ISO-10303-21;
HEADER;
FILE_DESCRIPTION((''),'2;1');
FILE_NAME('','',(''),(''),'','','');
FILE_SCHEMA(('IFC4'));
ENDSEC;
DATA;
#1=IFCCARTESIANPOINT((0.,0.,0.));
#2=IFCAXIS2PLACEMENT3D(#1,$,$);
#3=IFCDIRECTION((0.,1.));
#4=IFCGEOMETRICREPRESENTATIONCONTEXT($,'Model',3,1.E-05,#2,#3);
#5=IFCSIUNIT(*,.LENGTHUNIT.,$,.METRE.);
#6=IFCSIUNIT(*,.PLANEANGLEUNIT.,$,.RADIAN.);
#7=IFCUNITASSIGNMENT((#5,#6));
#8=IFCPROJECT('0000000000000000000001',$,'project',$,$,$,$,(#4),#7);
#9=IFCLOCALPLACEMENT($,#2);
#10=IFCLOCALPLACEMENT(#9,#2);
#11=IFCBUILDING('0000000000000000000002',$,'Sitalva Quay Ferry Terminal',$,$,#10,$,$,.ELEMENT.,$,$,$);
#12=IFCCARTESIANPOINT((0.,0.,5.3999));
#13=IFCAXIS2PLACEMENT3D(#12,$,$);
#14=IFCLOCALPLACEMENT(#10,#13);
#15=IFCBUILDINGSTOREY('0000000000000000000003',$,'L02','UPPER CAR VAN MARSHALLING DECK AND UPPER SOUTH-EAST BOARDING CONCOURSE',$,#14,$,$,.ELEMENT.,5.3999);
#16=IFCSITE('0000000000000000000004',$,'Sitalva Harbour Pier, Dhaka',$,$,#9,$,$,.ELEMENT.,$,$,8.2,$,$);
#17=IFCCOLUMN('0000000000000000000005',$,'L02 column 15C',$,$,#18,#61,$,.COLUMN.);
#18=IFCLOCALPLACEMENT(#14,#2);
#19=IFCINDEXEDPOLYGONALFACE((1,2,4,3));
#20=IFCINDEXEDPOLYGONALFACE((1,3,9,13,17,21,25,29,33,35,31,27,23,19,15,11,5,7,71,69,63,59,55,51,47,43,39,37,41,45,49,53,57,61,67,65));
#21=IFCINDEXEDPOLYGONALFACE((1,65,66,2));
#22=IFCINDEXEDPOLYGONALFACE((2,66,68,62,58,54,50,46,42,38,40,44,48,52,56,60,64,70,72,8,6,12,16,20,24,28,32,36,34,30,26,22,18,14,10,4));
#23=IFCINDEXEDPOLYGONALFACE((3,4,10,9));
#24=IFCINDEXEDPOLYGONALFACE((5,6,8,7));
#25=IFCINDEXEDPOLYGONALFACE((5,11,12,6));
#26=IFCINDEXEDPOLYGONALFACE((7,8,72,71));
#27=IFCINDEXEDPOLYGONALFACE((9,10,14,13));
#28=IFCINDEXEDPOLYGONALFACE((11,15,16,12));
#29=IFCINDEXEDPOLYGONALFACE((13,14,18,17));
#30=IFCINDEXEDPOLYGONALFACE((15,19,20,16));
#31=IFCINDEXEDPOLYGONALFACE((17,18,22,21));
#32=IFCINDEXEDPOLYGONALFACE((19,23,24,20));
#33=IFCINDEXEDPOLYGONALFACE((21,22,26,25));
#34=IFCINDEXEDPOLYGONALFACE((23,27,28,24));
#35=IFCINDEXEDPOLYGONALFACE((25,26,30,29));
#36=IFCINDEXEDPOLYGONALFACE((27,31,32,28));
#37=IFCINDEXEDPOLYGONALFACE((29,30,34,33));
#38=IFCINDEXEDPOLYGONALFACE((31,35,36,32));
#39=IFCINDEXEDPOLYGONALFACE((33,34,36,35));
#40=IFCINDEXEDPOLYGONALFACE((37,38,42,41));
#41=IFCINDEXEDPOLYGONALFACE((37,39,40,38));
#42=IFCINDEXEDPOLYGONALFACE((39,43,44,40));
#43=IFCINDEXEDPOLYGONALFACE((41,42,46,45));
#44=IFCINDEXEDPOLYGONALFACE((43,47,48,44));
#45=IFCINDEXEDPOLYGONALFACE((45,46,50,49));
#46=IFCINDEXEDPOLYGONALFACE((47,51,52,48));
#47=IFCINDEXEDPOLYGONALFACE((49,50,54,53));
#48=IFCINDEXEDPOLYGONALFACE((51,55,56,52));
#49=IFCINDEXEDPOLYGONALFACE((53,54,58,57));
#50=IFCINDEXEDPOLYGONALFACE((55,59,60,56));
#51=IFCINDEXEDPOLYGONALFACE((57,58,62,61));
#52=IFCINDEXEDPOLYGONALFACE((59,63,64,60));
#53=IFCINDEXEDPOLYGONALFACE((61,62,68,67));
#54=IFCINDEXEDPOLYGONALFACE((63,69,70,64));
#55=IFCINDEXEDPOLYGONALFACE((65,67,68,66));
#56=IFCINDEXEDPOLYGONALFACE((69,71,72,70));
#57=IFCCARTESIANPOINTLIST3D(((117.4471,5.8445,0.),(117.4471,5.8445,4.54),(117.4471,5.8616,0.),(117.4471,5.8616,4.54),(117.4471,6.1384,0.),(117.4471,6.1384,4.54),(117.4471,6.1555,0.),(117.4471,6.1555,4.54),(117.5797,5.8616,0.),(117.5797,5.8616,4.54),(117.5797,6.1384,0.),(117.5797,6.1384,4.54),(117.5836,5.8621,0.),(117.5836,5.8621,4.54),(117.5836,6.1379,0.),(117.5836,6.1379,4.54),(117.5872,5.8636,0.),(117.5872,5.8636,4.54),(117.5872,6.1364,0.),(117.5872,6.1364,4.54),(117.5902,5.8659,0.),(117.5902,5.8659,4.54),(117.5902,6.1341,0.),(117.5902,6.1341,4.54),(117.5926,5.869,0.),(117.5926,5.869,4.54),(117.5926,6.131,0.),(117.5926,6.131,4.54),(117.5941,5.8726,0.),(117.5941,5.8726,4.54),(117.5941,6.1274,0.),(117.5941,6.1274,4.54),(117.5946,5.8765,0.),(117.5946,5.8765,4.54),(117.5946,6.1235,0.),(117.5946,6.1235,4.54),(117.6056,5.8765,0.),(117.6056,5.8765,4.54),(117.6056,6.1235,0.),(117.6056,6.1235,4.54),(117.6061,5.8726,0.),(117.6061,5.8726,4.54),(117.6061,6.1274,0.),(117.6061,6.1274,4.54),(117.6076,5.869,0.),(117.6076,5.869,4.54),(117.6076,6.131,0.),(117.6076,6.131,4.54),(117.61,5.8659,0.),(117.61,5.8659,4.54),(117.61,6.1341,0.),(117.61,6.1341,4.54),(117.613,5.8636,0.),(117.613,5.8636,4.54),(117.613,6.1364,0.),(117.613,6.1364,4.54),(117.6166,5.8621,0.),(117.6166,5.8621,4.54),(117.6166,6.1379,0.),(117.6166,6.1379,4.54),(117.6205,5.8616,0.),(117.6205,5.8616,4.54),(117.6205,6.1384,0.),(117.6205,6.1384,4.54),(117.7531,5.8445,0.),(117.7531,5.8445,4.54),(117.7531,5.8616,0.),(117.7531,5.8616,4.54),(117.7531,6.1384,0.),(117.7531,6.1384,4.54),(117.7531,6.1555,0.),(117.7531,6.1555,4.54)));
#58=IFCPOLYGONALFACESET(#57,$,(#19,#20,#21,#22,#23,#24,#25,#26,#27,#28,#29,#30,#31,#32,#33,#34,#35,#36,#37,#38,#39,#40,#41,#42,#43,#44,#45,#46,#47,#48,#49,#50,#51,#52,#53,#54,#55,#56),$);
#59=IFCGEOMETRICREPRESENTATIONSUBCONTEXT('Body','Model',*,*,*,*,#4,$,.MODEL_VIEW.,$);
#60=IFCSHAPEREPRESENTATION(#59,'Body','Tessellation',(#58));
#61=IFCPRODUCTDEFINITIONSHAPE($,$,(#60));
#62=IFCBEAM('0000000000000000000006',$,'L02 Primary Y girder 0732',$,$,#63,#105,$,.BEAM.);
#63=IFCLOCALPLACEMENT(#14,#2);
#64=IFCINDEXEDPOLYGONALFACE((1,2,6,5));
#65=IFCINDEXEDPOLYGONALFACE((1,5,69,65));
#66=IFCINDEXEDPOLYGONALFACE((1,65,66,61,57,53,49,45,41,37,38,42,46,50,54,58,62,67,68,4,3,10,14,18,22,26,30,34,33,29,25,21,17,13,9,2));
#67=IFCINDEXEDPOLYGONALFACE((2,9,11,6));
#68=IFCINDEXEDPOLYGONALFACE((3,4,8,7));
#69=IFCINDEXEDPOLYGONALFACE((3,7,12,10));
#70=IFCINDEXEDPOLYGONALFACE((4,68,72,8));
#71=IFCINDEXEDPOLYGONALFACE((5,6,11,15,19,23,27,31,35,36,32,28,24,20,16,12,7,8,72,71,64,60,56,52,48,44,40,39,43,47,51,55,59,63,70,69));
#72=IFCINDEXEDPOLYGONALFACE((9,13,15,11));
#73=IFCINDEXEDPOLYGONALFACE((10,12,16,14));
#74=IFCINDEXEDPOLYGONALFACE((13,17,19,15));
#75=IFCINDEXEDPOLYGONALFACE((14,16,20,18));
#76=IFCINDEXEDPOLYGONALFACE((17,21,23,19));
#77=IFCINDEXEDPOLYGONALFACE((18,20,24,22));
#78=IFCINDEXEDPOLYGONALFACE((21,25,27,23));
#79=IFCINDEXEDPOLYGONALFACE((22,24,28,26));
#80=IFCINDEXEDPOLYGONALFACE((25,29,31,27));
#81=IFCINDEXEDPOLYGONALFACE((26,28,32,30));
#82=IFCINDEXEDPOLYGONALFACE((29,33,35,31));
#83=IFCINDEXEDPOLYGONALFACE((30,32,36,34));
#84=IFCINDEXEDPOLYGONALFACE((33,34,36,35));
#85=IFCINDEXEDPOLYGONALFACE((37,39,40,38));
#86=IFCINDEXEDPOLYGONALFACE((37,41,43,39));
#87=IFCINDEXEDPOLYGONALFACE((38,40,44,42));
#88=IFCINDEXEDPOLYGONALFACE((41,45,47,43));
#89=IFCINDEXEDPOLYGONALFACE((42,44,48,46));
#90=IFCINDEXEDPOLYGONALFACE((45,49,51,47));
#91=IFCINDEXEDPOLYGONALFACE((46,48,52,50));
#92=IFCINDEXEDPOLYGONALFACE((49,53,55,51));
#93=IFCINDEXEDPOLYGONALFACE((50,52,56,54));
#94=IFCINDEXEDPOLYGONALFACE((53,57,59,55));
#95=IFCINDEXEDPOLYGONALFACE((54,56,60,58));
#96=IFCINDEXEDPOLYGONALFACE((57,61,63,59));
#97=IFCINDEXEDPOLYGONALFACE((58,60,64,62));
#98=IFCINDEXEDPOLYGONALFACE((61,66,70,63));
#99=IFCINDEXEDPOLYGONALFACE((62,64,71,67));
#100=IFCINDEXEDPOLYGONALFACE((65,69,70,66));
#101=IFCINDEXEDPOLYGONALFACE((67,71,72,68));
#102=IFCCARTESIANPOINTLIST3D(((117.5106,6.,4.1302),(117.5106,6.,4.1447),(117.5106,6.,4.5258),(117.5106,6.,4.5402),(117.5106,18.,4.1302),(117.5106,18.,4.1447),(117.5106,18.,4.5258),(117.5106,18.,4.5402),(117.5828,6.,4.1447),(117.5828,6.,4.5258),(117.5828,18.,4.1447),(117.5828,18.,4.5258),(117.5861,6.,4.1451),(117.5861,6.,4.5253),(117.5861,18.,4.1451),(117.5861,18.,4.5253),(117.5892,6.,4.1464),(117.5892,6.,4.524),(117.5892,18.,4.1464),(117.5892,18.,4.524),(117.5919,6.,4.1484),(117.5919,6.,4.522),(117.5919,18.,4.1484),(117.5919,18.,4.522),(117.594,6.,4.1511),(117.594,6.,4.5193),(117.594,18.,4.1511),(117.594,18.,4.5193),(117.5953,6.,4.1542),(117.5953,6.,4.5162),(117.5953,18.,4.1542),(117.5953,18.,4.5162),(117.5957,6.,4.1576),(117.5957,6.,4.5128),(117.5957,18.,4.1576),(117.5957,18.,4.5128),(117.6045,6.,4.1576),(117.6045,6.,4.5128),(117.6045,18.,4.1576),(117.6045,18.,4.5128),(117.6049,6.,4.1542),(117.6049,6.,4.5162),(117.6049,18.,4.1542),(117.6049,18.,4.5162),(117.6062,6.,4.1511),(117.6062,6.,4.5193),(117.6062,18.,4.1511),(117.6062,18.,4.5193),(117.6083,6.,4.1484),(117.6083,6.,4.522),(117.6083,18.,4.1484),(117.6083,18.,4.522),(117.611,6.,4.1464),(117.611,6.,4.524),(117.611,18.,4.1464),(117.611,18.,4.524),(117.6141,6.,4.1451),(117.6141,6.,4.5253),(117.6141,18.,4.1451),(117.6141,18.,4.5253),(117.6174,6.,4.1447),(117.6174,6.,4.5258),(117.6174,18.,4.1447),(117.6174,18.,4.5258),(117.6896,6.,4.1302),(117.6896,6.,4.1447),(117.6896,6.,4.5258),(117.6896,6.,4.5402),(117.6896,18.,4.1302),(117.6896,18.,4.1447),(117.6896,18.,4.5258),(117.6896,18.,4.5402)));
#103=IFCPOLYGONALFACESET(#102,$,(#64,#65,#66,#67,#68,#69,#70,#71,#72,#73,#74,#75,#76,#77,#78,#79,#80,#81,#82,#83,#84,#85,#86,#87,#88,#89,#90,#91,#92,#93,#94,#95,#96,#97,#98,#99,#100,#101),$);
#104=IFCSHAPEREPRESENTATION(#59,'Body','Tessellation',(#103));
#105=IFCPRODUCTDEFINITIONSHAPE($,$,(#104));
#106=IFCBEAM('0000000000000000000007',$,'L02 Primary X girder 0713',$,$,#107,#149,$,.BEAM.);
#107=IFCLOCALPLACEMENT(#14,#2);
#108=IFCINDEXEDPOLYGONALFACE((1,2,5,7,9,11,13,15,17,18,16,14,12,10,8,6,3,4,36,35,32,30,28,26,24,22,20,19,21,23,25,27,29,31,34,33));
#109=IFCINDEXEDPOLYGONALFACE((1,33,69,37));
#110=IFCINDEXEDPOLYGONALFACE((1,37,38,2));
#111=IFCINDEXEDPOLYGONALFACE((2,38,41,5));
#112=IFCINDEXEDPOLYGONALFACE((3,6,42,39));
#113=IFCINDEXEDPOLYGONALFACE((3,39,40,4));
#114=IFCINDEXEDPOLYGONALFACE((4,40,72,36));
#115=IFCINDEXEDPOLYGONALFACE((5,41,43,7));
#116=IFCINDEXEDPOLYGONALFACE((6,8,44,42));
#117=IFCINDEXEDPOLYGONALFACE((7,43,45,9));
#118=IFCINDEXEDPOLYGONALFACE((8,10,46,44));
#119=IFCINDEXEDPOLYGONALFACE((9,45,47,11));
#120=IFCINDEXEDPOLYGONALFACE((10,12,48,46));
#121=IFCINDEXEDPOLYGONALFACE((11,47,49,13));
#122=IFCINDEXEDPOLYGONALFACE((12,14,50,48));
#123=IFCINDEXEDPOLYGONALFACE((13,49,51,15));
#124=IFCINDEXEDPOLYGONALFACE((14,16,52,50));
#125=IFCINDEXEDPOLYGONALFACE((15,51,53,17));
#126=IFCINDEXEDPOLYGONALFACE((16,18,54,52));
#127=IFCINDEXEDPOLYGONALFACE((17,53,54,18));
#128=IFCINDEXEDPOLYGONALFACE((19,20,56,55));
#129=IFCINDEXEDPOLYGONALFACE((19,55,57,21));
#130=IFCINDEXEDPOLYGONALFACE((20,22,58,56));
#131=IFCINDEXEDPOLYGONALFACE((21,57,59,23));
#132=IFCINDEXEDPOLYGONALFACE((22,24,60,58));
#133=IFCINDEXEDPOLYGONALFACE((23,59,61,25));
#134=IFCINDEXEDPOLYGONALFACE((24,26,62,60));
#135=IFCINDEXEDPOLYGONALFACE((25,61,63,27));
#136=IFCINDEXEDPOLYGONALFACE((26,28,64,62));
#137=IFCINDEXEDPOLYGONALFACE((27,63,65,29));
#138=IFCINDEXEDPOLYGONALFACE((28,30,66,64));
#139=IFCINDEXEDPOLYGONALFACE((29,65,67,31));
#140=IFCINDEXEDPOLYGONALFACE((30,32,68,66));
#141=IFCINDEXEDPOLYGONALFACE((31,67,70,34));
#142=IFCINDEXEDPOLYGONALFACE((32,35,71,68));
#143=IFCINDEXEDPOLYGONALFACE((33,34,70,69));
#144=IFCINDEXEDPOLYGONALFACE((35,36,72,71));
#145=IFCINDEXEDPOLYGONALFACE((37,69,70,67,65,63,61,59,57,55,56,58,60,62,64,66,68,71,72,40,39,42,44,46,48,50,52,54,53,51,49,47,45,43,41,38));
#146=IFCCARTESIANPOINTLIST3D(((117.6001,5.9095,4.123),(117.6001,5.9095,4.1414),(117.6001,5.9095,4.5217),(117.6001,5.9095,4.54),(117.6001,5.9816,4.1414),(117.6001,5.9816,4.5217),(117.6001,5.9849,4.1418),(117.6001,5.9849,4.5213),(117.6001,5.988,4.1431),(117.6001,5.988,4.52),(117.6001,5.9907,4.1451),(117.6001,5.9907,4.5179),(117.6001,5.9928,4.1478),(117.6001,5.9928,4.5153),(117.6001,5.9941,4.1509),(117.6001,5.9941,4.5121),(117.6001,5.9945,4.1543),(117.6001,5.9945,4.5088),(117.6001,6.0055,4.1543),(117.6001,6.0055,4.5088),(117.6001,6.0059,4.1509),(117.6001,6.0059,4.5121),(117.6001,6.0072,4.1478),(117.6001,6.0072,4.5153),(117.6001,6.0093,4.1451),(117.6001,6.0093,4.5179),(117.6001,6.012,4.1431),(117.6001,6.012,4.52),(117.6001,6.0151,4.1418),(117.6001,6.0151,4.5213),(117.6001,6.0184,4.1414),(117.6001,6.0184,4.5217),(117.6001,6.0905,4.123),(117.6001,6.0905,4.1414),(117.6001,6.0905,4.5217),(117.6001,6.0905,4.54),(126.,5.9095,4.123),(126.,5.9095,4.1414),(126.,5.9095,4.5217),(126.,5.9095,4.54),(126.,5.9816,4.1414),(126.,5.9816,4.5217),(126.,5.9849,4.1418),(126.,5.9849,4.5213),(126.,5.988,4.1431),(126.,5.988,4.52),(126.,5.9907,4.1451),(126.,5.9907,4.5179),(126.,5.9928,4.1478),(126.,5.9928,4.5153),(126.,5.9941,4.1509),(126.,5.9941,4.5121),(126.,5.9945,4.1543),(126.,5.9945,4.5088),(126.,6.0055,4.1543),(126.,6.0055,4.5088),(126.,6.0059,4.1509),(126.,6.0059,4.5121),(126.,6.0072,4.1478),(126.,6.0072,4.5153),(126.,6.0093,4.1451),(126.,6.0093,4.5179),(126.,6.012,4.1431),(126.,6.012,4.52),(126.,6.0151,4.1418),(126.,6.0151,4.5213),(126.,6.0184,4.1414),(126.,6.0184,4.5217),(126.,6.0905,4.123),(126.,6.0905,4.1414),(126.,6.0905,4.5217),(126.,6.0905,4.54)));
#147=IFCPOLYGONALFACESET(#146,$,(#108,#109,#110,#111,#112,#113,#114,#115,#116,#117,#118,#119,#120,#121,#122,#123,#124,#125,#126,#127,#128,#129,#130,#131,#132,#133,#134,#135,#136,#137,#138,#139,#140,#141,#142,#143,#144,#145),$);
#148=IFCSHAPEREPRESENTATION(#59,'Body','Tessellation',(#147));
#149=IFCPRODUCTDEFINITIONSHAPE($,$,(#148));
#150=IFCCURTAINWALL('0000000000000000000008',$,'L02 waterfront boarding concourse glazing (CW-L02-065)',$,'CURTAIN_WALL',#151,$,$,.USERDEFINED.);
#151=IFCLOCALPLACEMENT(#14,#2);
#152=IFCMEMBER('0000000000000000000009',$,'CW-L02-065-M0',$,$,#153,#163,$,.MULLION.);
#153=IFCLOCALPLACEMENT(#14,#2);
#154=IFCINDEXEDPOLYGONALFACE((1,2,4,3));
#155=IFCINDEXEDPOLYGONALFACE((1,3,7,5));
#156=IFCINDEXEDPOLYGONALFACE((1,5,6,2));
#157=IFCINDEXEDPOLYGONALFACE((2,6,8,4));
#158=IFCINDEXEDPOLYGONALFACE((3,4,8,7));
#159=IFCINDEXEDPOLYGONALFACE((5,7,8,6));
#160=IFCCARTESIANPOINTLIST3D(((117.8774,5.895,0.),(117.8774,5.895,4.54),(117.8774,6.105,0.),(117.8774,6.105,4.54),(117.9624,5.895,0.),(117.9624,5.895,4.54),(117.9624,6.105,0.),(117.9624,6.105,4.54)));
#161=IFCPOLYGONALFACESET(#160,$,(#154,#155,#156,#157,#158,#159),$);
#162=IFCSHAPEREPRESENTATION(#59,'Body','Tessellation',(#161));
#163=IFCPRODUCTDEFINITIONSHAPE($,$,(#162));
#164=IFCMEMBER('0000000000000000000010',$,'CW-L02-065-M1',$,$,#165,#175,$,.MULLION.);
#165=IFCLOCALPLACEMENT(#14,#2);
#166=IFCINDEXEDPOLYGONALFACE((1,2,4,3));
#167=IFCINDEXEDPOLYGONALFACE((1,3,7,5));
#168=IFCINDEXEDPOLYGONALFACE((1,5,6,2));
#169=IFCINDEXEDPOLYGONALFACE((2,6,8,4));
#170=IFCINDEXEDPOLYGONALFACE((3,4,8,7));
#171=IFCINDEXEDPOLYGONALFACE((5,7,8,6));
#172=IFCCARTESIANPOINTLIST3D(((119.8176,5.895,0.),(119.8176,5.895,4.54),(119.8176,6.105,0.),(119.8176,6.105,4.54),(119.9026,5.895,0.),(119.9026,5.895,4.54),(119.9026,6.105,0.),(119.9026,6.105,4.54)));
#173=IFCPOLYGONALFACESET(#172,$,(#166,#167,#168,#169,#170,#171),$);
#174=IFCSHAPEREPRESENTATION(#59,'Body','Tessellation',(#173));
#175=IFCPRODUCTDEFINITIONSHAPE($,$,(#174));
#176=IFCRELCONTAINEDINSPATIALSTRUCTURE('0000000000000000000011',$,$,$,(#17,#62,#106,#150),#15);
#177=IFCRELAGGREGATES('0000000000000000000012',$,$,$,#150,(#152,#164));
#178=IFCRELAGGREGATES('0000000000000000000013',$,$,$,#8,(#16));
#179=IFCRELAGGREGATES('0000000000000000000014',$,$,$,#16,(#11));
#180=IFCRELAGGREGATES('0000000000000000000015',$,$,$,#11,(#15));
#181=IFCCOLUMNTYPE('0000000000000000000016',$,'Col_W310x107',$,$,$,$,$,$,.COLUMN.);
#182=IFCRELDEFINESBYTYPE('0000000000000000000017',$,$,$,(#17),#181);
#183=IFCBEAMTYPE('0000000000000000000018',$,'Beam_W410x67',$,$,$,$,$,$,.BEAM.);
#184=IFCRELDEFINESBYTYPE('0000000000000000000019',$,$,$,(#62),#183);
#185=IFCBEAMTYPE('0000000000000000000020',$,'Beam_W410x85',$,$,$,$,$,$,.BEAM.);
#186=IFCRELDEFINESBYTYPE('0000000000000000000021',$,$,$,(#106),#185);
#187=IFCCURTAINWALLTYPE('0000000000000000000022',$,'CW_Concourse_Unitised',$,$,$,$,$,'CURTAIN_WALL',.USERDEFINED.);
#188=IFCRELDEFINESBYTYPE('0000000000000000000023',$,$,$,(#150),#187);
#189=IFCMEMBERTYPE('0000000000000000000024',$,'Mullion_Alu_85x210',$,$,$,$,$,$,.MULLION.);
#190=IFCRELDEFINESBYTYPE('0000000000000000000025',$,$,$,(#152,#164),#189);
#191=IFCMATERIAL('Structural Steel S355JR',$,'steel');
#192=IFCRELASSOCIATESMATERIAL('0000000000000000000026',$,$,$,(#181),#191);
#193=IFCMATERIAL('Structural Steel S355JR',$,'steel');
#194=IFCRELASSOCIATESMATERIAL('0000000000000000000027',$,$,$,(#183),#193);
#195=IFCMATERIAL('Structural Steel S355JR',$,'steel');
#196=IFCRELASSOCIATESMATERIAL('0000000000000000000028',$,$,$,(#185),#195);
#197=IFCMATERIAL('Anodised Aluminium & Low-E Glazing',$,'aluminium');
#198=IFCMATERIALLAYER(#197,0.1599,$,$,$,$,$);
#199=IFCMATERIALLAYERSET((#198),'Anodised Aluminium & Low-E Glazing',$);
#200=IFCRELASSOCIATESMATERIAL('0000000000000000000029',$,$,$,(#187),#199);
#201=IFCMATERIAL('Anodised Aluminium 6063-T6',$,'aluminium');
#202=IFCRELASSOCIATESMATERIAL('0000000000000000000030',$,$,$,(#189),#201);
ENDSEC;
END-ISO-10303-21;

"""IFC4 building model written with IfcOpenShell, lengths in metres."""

from ifc_helpers import new_model, si_unit, direction, frame, origin, origin_2d, place, context, subcontext, project, spatial, rectangle, i_section, extrude, material, layer, layer_set, material_profile, profile_set, type_object, element, aggregate, save


model = new_model("IFC4")

# Units and contexts
model_context = context("Model", 3, precision=1e-05, world=origin(), true_north=direction((0.0, 1.0)))
body_context = subcontext(model_context, "Body", "Model", "MODEL_VIEW")
ifc_project = project(units=[si_unit("LENGTHUNIT", "METRE"), si_unit("PLANEANGLEUNIT", "RADIAN")], contexts=[model_context])

# Site, building, storey
site_placement = place(None, origin())
site = spatial("IfcSite", under=ifc_project, at=site_placement, Name="Sitalva Harbour Pier, Dhaka", CompositionType="ELEMENT", RefElevation=8.2)
building_placement = place(site_placement, origin())
building = spatial("IfcBuilding", under=site, at=building_placement, Name="Sitalva Quay Ferry Terminal", CompositionType="ELEMENT")
storey_placement = place(building_placement, frame((0.0, 0.0, 5.3999)))
storey = spatial("IfcBuildingStorey", under=building, at=storey_placement, Name="L02", Description="UPPER CAR VAN MARSHALLING DECK AND UPPER SOUTH-EAST BOARDING CONCOURSE", CompositionType="ELEMENT", Elevation=5.3999)

# Column
ifc_material_1 = material(Name="Structural Steel S355JR", Category="steel")
ifc_material_profile_1 = material_profile(ifc_material_1, i_section(OverallWidth=0.3059, OverallDepth=0.311, WebThickness=0.011, FlangeThickness=0.0171, FilletRadius=0.0149, at=origin_2d()), Name="W310x107")
ifc_profile_set_1 = profile_set([ifc_material_profile_1], Name="Structural Steel S355JR")
column_type = type_object("IfcColumnType", Name="Col_W310x107", PredefinedType="COLUMN", material=ifc_profile_set_1)
column_placement = place(storey_placement, frame((117.6001, 6.0, 0.0), z_axis=(0.0, 0.0, 1.0), x_axis=(1.0, 0.0, 0.0)))
element("IfcColumn", 1, at=column_placement, inside=storey, type_object=column_type, Name="L02 column 15C", PredefinedType="COLUMN", context=body_context, shape_type="SweptSolid", body=[
    extrude(i_section(OverallWidth=0.3059, OverallDepth=0.311, WebThickness=0.011, FlangeThickness=0.0171, FilletRadius=0.0149, at=origin_2d()), origin(), (0.0, 0.0, 1.0), 4.54),
])

# Beams
ifc_material_2 = material(Name="Structural Steel S355JR", Category="steel")
ifc_material_profile_2 = material_profile(ifc_material_2, i_section(OverallWidth=0.179, OverallDepth=0.4099, WebThickness=0.0088, FlangeThickness=0.0144, FilletRadius=0.0129, at=origin_2d()), Name="W410x67")
ifc_profile_set_2 = profile_set([ifc_material_profile_2], Name="Structural Steel S355JR")
beam_type_1 = type_object("IfcBeamType", Name="Beam_W410x67", PredefinedType="BEAM", material=ifc_profile_set_2)
beam_1_placement = place(storey_placement, frame((117.6001, 6.0, 4.3352), z_axis=(0.0, 1.0, 0.0), x_axis=(-1.0, 0.0, 0.0)))
element("IfcBeam", 2, at=beam_1_placement, inside=storey, type_object=beam_type_1, Name="L02 Primary Y girder 0732", PredefinedType="BEAM", context=body_context, shape_type="SweptSolid", body=[
    extrude(i_section(OverallWidth=0.179, OverallDepth=0.4099, WebThickness=0.0088, FlangeThickness=0.0144, FilletRadius=0.0129, at=origin_2d()), origin(), (0.0, 0.0, 1.0), 12.0),
])
ifc_material_3 = material(Name="Structural Steel S355JR", Category="steel")
ifc_material_profile_3 = material_profile(ifc_material_3, i_section(OverallWidth=0.1809, OverallDepth=0.417, WebThickness=0.011, FlangeThickness=0.0183, FilletRadius=0.0129, at=origin_2d()), Name="W410x85")
ifc_profile_set_3 = profile_set([ifc_material_profile_3], Name="Structural Steel S355JR")
beam_type_2 = type_object("IfcBeamType", Name="Beam_W410x85", PredefinedType="BEAM", material=ifc_profile_set_3)
beam_2_placement = place(storey_placement, frame((117.6001, 6.0, 4.3315), z_axis=(1.0, 0.0, 0.0), x_axis=(0.0, 1.0, 0.0)))
element("IfcBeam", 3, at=beam_2_placement, inside=storey, type_object=beam_type_2, Name="L02 Primary X girder 0713", PredefinedType="BEAM", context=body_context, shape_type="SweptSolid", body=[
    extrude(i_section(OverallWidth=0.1809, OverallDepth=0.417, WebThickness=0.011, FlangeThickness=0.0183, FilletRadius=0.0129, at=origin_2d()), origin(), (0.0, 0.0, 1.0), 8.3999),
])

# Curtain wall, members
ifc_material_4 = material(Name="Anodised Aluminium & Low-E Glazing", Category="aluminium")
ifc_layer_1 = layer(ifc_material_4, 0.1599)
ifc_layer_set_1 = layer_set([ifc_layer_1], Name="Anodised Aluminium & Low-E Glazing")
curtain_wall_type = type_object("IfcCurtainWallType", Name="CW_Concourse_Unitised", ElementType="CURTAIN_WALL", PredefinedType="USERDEFINED", material=ifc_layer_set_1)
curtain_wall_placement = place(storey_placement, origin())
curtain_wall = element("IfcCurtainWall", 4, at=curtain_wall_placement, inside=storey, type_object=curtain_wall_type, Name="L02 waterfront boarding concourse glazing (CW-L02-065)", ObjectType="CURTAIN_WALL", PredefinedType="USERDEFINED")
ifc_material_5 = material(Name="Anodised Aluminium 6063-T6", Category="aluminium")
ifc_material_profile_4 = material_profile(ifc_material_5, rectangle(XDim=0.085, YDim=0.21, at=origin_2d()), Name="ALU85x210")
ifc_profile_set_4 = profile_set([ifc_material_profile_4], Name="Anodised Aluminium 6063-T6")
member_type_1 = type_object("IfcMemberType", Name="Mullion_Alu_85x210", PredefinedType="MULLION", material=ifc_profile_set_4)
member_1_placement = place(storey_placement, frame((117.9199, 6.0, 0.0), z_axis=(0.0, 0.0, 1.0), x_axis=(1.0, 0.0, 0.0)))
member_1 = element("IfcMember", 5, at=member_1_placement, type_object=member_type_1, Name="CW-L02-065-M0", PredefinedType="MULLION", context=body_context, shape_type="SweptSolid", body=[
    extrude(rectangle(XDim=0.085, YDim=0.21, at=origin_2d()), origin(), (0.0, 0.0, 1.0), 4.54),
])
member_2_placement = place(storey_placement, frame((119.8601, 6.0, 0.0), z_axis=(0.0, 0.0, 1.0), x_axis=(1.0, 0.0, 0.0)))
member_2 = element("IfcMember", 6, at=member_2_placement, type_object=member_type_1, Name="CW-L02-065-M1", PredefinedType="MULLION", context=body_context, shape_type="SweptSolid", body=[
    extrude(rectangle(XDim=0.085, YDim=0.21, at=origin_2d()), origin(), (0.0, 0.0, 1.0), 4.54),
])

aggregate(curtain_wall, [member_1, member_2])

save(model, "model.ifc")
